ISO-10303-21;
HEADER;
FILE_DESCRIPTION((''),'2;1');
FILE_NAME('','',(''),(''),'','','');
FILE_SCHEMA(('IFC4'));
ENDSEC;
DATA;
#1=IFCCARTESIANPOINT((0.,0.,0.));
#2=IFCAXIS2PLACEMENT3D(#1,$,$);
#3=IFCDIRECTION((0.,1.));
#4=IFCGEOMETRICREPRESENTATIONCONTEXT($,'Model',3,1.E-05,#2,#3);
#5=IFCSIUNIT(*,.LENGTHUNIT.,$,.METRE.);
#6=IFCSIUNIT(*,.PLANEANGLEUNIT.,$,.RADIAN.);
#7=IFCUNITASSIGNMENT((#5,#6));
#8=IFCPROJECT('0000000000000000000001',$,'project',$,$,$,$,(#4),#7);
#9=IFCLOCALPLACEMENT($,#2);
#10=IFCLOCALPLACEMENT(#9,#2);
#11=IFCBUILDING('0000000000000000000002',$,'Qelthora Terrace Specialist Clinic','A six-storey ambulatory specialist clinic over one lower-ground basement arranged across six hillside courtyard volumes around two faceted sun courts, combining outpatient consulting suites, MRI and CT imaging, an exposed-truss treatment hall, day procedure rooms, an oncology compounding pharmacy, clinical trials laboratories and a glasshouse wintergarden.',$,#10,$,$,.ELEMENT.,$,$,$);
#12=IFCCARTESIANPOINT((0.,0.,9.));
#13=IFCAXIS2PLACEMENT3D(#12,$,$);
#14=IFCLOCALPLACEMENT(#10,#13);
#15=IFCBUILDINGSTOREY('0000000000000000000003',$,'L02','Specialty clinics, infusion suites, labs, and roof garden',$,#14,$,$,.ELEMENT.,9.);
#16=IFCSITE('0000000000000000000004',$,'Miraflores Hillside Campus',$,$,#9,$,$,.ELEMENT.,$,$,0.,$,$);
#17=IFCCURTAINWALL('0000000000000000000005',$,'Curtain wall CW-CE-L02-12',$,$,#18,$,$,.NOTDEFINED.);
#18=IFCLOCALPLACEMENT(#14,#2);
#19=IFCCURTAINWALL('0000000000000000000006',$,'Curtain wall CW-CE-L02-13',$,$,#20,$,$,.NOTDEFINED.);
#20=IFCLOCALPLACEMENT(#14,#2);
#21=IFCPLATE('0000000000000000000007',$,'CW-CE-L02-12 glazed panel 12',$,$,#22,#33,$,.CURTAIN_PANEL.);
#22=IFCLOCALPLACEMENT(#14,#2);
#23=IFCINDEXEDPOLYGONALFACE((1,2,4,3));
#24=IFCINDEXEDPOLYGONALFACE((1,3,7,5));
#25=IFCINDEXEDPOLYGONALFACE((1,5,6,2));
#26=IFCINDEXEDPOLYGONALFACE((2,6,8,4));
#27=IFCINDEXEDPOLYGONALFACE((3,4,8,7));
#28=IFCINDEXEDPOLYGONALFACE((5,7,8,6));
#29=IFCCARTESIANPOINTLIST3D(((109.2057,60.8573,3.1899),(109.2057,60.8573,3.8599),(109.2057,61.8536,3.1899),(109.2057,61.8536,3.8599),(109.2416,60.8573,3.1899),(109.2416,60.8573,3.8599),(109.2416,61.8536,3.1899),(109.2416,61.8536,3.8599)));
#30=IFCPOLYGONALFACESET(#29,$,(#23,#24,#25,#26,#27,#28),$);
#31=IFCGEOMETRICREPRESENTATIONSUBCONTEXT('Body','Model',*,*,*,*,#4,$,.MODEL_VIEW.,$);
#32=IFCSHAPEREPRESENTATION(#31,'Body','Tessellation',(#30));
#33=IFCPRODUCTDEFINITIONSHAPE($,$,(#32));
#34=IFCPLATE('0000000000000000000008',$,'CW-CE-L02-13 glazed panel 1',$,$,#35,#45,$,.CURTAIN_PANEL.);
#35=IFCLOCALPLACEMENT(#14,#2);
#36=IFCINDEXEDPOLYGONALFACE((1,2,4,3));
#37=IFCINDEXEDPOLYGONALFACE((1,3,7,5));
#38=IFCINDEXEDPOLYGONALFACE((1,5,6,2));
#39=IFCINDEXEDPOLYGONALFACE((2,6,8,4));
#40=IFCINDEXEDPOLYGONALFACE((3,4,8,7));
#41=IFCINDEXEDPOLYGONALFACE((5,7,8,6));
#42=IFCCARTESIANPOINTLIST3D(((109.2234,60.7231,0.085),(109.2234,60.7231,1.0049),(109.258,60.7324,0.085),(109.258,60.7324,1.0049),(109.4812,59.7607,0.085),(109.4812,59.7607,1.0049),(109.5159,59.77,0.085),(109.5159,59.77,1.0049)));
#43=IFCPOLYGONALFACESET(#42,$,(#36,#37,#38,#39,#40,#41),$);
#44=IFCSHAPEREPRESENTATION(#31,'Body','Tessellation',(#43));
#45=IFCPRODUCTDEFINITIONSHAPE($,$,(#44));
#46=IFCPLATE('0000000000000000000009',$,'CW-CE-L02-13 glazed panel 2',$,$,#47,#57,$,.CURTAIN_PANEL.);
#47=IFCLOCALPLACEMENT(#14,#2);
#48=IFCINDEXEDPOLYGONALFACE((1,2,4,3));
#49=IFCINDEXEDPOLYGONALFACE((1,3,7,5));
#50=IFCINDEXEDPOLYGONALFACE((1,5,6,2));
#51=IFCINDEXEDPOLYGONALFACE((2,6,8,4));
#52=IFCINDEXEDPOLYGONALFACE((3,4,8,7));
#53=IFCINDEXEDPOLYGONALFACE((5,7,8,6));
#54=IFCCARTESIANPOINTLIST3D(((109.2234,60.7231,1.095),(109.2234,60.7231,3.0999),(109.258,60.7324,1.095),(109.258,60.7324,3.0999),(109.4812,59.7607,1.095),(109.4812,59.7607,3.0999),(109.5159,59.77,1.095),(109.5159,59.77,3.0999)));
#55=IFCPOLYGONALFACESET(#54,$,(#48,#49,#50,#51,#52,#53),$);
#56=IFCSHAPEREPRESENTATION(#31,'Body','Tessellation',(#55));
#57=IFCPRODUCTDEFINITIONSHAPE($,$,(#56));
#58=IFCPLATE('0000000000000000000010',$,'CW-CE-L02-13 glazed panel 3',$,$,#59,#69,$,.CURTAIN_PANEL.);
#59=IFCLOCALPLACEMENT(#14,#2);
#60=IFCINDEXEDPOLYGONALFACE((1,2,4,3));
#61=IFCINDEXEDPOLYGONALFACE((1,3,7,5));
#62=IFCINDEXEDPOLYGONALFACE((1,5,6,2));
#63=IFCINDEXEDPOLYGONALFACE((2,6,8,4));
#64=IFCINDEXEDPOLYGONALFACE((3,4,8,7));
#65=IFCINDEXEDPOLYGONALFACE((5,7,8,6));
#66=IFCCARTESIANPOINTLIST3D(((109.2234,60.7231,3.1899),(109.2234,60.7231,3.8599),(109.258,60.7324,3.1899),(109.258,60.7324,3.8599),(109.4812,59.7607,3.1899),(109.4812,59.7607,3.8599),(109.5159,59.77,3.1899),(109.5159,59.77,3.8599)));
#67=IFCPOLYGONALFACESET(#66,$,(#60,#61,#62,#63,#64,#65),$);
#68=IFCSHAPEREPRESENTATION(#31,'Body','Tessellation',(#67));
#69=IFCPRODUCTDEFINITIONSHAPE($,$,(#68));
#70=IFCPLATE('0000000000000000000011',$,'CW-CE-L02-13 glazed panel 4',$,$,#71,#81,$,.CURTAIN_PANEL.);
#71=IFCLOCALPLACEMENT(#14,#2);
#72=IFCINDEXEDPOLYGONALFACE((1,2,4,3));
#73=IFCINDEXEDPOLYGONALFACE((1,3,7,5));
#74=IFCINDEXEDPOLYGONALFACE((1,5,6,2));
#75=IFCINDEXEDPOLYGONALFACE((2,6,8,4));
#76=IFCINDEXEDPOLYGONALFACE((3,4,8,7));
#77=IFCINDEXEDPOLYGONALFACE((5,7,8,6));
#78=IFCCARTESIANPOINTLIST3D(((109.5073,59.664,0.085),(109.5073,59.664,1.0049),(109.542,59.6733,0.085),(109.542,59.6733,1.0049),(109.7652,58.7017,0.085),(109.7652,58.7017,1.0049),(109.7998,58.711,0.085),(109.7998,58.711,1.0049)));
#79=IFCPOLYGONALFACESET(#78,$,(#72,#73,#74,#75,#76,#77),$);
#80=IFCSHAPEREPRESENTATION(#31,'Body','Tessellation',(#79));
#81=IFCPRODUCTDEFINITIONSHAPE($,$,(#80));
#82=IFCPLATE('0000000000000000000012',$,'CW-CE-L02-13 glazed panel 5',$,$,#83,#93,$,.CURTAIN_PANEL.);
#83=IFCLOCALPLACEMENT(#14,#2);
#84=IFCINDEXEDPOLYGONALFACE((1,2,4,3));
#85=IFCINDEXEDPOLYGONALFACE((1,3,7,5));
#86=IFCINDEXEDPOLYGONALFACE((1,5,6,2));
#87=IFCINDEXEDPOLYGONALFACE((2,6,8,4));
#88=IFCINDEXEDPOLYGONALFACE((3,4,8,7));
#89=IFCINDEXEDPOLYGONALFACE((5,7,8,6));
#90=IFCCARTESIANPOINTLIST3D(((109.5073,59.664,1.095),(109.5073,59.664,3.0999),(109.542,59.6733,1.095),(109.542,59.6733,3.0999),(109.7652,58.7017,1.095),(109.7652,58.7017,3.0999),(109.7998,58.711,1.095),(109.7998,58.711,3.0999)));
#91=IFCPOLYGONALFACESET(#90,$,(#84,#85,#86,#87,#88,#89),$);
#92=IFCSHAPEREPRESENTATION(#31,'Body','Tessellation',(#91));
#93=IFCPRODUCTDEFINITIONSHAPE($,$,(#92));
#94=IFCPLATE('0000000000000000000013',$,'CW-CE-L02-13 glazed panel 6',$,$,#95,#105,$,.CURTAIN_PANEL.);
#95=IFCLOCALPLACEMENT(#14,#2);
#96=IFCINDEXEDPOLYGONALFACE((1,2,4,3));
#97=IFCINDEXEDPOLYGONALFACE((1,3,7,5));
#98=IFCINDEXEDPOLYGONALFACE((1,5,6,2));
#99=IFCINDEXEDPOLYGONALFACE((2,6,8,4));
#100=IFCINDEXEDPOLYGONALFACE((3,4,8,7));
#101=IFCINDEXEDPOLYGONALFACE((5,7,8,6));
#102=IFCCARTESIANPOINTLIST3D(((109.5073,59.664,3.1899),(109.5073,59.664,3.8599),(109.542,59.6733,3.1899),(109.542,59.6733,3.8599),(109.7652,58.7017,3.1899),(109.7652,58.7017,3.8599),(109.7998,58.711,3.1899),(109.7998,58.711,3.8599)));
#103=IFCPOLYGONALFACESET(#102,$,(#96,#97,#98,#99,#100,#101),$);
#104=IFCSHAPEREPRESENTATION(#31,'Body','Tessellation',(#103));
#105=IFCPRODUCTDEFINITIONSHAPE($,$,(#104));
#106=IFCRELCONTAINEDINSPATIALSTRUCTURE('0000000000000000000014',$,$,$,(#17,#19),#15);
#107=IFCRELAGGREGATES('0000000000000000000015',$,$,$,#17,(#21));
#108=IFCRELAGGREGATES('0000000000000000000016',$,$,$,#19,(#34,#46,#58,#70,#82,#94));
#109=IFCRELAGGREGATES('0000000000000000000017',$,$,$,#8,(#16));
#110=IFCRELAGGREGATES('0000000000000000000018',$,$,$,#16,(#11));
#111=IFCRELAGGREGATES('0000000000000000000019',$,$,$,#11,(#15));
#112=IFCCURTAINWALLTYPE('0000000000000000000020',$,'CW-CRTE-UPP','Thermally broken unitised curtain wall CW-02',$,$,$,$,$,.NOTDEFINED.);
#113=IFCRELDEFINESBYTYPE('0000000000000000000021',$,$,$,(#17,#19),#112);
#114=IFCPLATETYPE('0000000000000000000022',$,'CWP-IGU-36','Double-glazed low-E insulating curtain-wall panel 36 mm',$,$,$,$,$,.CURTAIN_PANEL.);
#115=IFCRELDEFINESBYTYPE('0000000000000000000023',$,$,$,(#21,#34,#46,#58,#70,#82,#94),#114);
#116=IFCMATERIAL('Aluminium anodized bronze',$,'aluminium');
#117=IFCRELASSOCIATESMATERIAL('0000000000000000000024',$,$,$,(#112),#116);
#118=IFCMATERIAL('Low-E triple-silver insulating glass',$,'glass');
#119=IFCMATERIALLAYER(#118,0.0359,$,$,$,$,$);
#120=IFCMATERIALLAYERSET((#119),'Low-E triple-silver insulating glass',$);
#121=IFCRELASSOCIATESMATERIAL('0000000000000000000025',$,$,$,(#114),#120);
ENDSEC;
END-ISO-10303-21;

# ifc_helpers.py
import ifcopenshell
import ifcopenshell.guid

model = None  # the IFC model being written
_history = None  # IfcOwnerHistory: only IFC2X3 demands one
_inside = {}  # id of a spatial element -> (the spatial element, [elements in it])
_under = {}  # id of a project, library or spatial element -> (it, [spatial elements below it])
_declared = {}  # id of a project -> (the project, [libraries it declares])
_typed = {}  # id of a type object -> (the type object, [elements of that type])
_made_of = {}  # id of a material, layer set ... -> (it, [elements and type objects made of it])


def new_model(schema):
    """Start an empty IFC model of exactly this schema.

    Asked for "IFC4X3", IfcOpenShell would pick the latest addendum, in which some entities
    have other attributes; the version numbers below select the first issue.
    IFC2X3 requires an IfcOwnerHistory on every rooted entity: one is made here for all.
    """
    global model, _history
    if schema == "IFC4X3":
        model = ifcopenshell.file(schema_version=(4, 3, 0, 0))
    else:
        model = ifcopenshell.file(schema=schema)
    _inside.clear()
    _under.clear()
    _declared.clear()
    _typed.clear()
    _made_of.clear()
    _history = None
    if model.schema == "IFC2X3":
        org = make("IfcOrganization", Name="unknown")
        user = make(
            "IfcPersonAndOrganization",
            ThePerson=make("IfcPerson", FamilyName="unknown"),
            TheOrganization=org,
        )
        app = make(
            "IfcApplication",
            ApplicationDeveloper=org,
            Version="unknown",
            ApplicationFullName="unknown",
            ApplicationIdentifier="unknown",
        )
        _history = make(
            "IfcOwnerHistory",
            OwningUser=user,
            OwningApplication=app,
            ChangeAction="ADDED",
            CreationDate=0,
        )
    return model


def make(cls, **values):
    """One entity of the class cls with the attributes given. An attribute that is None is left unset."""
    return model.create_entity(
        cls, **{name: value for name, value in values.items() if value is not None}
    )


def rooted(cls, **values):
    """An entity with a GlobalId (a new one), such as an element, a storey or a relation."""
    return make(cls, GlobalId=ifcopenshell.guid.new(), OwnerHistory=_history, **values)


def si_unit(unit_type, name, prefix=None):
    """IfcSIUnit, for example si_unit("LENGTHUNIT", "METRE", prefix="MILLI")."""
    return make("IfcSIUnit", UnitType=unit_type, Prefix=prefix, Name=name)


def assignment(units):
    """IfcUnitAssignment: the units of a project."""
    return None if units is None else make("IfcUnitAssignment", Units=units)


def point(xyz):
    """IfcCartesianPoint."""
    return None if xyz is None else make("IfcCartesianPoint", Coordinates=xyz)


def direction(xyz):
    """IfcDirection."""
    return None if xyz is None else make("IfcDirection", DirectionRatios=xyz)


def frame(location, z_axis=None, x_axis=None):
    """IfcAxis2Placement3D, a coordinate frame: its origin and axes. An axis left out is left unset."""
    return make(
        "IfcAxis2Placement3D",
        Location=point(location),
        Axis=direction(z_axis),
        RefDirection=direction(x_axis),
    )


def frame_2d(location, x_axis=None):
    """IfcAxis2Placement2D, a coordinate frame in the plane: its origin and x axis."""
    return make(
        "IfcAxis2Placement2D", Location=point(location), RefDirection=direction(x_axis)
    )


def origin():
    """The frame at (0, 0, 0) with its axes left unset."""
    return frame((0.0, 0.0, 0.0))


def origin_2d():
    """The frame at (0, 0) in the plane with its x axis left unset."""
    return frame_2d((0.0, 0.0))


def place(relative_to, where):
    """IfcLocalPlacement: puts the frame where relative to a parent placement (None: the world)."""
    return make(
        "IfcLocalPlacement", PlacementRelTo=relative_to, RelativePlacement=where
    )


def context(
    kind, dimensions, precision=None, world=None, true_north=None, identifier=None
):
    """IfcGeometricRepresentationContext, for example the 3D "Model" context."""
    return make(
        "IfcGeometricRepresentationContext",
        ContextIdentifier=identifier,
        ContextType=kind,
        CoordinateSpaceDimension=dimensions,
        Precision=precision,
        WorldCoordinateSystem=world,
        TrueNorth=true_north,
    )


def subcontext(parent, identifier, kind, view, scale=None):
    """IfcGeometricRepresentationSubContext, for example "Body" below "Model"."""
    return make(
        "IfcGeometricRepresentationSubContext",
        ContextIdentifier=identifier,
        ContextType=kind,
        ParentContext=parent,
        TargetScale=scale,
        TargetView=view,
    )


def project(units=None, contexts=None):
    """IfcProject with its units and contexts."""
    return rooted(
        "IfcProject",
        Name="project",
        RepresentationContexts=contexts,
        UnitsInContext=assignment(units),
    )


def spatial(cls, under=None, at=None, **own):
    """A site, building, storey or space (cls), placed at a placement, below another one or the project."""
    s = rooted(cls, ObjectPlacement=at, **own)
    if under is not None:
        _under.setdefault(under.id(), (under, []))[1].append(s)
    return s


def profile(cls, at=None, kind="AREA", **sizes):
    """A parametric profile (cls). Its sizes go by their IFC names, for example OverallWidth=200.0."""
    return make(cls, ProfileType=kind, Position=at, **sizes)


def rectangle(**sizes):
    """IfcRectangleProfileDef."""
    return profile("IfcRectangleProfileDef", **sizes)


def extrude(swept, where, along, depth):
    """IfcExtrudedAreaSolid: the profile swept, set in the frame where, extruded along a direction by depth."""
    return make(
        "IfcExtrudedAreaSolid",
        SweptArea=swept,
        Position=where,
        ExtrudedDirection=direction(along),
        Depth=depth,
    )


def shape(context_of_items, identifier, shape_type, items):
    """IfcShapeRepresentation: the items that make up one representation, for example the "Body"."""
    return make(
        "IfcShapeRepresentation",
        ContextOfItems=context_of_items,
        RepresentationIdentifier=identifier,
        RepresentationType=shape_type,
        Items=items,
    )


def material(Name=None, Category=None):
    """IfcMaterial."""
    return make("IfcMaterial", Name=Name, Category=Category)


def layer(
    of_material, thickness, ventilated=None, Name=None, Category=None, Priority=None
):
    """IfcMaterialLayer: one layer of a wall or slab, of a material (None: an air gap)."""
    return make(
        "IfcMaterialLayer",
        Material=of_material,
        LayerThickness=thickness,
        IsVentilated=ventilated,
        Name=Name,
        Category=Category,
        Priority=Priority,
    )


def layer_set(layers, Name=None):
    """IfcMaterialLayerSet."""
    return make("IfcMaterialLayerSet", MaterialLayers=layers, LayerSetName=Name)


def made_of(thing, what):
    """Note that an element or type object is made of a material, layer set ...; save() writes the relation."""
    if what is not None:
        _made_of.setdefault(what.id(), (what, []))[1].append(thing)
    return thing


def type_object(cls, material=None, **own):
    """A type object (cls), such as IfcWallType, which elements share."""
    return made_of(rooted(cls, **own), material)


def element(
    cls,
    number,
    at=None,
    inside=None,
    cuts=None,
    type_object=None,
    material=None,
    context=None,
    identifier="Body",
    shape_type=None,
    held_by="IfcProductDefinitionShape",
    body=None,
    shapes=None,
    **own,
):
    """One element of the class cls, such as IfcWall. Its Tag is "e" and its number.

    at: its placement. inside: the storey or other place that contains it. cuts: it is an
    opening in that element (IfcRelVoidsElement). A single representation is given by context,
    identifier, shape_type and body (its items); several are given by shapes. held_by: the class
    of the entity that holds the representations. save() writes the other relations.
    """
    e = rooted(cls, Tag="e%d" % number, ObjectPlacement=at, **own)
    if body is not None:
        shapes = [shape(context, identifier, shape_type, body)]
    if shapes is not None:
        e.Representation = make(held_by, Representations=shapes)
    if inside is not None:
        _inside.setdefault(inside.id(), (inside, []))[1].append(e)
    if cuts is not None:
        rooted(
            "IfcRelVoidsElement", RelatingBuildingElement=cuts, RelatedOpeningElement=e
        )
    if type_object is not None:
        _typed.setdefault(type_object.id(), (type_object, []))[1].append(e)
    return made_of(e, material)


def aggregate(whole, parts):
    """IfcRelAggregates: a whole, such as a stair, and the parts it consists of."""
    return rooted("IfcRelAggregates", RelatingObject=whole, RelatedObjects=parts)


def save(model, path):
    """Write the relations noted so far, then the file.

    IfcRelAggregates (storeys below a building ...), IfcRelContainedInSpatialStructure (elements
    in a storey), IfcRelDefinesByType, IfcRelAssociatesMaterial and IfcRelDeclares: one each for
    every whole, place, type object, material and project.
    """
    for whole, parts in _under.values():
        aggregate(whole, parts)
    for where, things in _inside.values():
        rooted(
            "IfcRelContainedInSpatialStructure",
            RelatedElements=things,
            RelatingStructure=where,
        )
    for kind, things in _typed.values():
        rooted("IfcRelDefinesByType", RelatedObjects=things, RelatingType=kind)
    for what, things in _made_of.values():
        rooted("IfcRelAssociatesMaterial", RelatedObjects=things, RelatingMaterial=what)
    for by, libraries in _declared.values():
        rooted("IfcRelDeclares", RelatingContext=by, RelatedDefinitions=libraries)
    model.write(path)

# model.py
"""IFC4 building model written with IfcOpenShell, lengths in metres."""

from ifc_helpers import new_model, si_unit, direction, frame, origin, origin_2d, place, context, subcontext, project, spatial, rectangle, extrude, material, layer, layer_set, type_object, element, aggregate, save


model = new_model("IFC4")

# Units and contexts
model_context = context("Model", 3, precision=1e-05, world=origin(), true_north=direction((0.0, 1.0)))
body_context = subcontext(model_context, "Body", "Model", "MODEL_VIEW")
ifc_project = project(units=[si_unit("LENGTHUNIT", "METRE"), si_unit("PLANEANGLEUNIT", "RADIAN")], contexts=[model_context])

# Site, building, storey
site_placement = place(None, origin())
site = spatial("IfcSite", under=ifc_project, at=site_placement, Name="Miraflores Hillside Campus", CompositionType="ELEMENT", RefElevation=0.0)
building_placement = place(site_placement, origin())
building = spatial("IfcBuilding", under=site, at=building_placement, Name="Qelthora Terrace Specialist Clinic", Description="A six-storey ambulatory specialist clinic over one lower-ground basement arranged across six hillside courtyard volumes around two faceted sun courts, combining outpatient consulting suites, MRI and CT imaging, an exposed-truss treatment hall, day procedure rooms, an oncology compounding pharmacy, clinical trials laboratories and a glasshouse wintergarden.", CompositionType="ELEMENT")
storey_placement = place(building_placement, frame((0.0, 0.0, 9.0)))
storey = spatial("IfcBuildingStorey", under=building, at=storey_placement, Name="L02", Description="Specialty clinics, infusion suites, labs, and roof garden", CompositionType="ELEMENT", Elevation=9.0)

# Curtain walls
ifc_material_1 = material(Name="Aluminium anodized bronze", Category="aluminium")
curtain_wall_type = type_object("IfcCurtainWallType", Name="CW-CRTE-UPP", Description="Thermally broken unitised curtain wall CW-02", PredefinedType="NOTDEFINED", material=ifc_material_1)
curtain_wall_1_placement = place(storey_placement, origin())
curtain_wall_1 = element("IfcCurtainWall", 1, at=curtain_wall_1_placement, inside=storey, type_object=curtain_wall_type, Name="Curtain wall CW-CE-L02-12", PredefinedType="NOTDEFINED")
curtain_wall_2_placement = place(storey_placement, origin())
curtain_wall_2 = element("IfcCurtainWall", 2, at=curtain_wall_2_placement, inside=storey, type_object=curtain_wall_type, Name="Curtain wall CW-CE-L02-13", PredefinedType="NOTDEFINED")

# Plates
ifc_material_2 = material(Name="Low-E triple-silver insulating glass", Category="glass")
ifc_layer = layer(ifc_material_2, 0.0359)
ifc_layer_set = layer_set([ifc_layer], Name="Low-E triple-silver insulating glass")
plate_type = type_object("IfcPlateType", Name="CWP-IGU-36", Description="Double-glazed low-E insulating curtain-wall panel 36 mm", PredefinedType="CURTAIN_PANEL", material=ifc_layer_set)
plate_1_placement = place(storey_placement, frame((109.2236, 61.3555, 3.1899), z_axis=(0.0, 0.0, 1.0), x_axis=(0.0, -1.0, 0.0)))
plate_1 = element("IfcPlate", 3, at=plate_1_placement, type_object=plate_type, Name="CW-CE-L02-12 glazed panel 12", PredefinedType="CURTAIN_PANEL", context=body_context, shape_type="SweptSolid", body=[
    extrude(rectangle(XDim=0.9963, YDim=0.0359, at=origin_2d()), origin(), (0.0, 0.0, 1.0), 0.6699),
])
aggregate(curtain_wall_1, [plate_1])
plate_2_placement = place(storey_placement, frame((109.3696, 60.2466, 0.085), z_axis=(0.0, 0.0, 1.0), x_axis=(0.258819, -0.965926, 0.0)))
plate_2 = element("IfcPlate", 4, at=plate_2_placement, type_object=plate_type, Name="CW-CE-L02-13 glazed panel 1", PredefinedType="CURTAIN_PANEL", context=body_context, shape_type="SweptSolid", body=[
    extrude(rectangle(XDim=0.9963, YDim=0.0359, at=origin_2d()), origin(), (0.0, 0.0, 1.0), 0.9199),
])
plate_3_placement = place(storey_placement, frame((109.3696, 60.2466, 1.095), z_axis=(0.0, 0.0, 1.0), x_axis=(0.258819, -0.965926, 0.0)))
plate_3 = element("IfcPlate", 5, at=plate_3_placement, type_object=plate_type, Name="CW-CE-L02-13 glazed panel 2", PredefinedType="CURTAIN_PANEL", context=body_context, shape_type="SweptSolid", body=[
    extrude(rectangle(XDim=0.9963, YDim=0.0359, at=origin_2d()), origin(), (0.0, 0.0, 1.0), 2.0049),
])
plate_4_placement = place(storey_placement, frame((109.3696, 60.2466, 3.1899), z_axis=(0.0, 0.0, 1.0), x_axis=(0.258819, -0.965926, 0.0)))
plate_4 = element("IfcPlate", 6, at=plate_4_placement, type_object=plate_type, Name="CW-CE-L02-13 glazed panel 3", PredefinedType="CURTAIN_PANEL", context=body_context, shape_type="SweptSolid", body=[
    extrude(rectangle(XDim=0.9963, YDim=0.0359, at=origin_2d()), origin(), (0.0, 0.0, 1.0), 0.6699),
])
plate_5_placement = place(storey_placement, frame((109.6536, 59.1875, 0.085), z_axis=(0.0, 0.0, 1.0), x_axis=(0.258819, -0.965926, 0.0)))
plate_5 = element("IfcPlate", 7, at=plate_5_placement, type_object=plate_type, Name="CW-CE-L02-13 glazed panel 4", PredefinedType="CURTAIN_PANEL", context=body_context, shape_type="SweptSolid", body=[
    extrude(rectangle(XDim=0.9963, YDim=0.0359, at=origin_2d()), origin(), (0.0, 0.0, 1.0), 0.9199),
])
plate_6_placement = place(storey_placement, frame((109.6536, 59.1875, 1.095), z_axis=(0.0, 0.0, 1.0), x_axis=(0.258819, -0.965926, 0.0)))
plate_6 = element("IfcPlate", 8, at=plate_6_placement, type_object=plate_type, Name="CW-CE-L02-13 glazed panel 5", PredefinedType="CURTAIN_PANEL", context=body_context, shape_type="SweptSolid", body=[
    extrude(rectangle(XDim=0.9963, YDim=0.0359, at=origin_2d()), origin(), (0.0, 0.0, 1.0), 2.0049),
])
plate_7_placement = place(storey_placement, frame((109.6536, 59.1875, 3.1899), z_axis=(0.0, 0.0, 1.0), x_axis=(0.258819, -0.965926, 0.0)))
plate_7 = element("IfcPlate", 9, at=plate_7_placement, type_object=plate_type, Name="CW-CE-L02-13 glazed panel 6", PredefinedType="CURTAIN_PANEL", context=body_context, shape_type="SweptSolid", body=[
    extrude(rectangle(XDim=0.9963, YDim=0.0359, at=origin_2d()), origin(), (0.0, 0.0, 1.0), 0.6699),
])
aggregate(curtain_wall_2, [plate_2, plate_3, plate_4, plate_5, plate_6, plate_7])

save(model, "model.ifc")
